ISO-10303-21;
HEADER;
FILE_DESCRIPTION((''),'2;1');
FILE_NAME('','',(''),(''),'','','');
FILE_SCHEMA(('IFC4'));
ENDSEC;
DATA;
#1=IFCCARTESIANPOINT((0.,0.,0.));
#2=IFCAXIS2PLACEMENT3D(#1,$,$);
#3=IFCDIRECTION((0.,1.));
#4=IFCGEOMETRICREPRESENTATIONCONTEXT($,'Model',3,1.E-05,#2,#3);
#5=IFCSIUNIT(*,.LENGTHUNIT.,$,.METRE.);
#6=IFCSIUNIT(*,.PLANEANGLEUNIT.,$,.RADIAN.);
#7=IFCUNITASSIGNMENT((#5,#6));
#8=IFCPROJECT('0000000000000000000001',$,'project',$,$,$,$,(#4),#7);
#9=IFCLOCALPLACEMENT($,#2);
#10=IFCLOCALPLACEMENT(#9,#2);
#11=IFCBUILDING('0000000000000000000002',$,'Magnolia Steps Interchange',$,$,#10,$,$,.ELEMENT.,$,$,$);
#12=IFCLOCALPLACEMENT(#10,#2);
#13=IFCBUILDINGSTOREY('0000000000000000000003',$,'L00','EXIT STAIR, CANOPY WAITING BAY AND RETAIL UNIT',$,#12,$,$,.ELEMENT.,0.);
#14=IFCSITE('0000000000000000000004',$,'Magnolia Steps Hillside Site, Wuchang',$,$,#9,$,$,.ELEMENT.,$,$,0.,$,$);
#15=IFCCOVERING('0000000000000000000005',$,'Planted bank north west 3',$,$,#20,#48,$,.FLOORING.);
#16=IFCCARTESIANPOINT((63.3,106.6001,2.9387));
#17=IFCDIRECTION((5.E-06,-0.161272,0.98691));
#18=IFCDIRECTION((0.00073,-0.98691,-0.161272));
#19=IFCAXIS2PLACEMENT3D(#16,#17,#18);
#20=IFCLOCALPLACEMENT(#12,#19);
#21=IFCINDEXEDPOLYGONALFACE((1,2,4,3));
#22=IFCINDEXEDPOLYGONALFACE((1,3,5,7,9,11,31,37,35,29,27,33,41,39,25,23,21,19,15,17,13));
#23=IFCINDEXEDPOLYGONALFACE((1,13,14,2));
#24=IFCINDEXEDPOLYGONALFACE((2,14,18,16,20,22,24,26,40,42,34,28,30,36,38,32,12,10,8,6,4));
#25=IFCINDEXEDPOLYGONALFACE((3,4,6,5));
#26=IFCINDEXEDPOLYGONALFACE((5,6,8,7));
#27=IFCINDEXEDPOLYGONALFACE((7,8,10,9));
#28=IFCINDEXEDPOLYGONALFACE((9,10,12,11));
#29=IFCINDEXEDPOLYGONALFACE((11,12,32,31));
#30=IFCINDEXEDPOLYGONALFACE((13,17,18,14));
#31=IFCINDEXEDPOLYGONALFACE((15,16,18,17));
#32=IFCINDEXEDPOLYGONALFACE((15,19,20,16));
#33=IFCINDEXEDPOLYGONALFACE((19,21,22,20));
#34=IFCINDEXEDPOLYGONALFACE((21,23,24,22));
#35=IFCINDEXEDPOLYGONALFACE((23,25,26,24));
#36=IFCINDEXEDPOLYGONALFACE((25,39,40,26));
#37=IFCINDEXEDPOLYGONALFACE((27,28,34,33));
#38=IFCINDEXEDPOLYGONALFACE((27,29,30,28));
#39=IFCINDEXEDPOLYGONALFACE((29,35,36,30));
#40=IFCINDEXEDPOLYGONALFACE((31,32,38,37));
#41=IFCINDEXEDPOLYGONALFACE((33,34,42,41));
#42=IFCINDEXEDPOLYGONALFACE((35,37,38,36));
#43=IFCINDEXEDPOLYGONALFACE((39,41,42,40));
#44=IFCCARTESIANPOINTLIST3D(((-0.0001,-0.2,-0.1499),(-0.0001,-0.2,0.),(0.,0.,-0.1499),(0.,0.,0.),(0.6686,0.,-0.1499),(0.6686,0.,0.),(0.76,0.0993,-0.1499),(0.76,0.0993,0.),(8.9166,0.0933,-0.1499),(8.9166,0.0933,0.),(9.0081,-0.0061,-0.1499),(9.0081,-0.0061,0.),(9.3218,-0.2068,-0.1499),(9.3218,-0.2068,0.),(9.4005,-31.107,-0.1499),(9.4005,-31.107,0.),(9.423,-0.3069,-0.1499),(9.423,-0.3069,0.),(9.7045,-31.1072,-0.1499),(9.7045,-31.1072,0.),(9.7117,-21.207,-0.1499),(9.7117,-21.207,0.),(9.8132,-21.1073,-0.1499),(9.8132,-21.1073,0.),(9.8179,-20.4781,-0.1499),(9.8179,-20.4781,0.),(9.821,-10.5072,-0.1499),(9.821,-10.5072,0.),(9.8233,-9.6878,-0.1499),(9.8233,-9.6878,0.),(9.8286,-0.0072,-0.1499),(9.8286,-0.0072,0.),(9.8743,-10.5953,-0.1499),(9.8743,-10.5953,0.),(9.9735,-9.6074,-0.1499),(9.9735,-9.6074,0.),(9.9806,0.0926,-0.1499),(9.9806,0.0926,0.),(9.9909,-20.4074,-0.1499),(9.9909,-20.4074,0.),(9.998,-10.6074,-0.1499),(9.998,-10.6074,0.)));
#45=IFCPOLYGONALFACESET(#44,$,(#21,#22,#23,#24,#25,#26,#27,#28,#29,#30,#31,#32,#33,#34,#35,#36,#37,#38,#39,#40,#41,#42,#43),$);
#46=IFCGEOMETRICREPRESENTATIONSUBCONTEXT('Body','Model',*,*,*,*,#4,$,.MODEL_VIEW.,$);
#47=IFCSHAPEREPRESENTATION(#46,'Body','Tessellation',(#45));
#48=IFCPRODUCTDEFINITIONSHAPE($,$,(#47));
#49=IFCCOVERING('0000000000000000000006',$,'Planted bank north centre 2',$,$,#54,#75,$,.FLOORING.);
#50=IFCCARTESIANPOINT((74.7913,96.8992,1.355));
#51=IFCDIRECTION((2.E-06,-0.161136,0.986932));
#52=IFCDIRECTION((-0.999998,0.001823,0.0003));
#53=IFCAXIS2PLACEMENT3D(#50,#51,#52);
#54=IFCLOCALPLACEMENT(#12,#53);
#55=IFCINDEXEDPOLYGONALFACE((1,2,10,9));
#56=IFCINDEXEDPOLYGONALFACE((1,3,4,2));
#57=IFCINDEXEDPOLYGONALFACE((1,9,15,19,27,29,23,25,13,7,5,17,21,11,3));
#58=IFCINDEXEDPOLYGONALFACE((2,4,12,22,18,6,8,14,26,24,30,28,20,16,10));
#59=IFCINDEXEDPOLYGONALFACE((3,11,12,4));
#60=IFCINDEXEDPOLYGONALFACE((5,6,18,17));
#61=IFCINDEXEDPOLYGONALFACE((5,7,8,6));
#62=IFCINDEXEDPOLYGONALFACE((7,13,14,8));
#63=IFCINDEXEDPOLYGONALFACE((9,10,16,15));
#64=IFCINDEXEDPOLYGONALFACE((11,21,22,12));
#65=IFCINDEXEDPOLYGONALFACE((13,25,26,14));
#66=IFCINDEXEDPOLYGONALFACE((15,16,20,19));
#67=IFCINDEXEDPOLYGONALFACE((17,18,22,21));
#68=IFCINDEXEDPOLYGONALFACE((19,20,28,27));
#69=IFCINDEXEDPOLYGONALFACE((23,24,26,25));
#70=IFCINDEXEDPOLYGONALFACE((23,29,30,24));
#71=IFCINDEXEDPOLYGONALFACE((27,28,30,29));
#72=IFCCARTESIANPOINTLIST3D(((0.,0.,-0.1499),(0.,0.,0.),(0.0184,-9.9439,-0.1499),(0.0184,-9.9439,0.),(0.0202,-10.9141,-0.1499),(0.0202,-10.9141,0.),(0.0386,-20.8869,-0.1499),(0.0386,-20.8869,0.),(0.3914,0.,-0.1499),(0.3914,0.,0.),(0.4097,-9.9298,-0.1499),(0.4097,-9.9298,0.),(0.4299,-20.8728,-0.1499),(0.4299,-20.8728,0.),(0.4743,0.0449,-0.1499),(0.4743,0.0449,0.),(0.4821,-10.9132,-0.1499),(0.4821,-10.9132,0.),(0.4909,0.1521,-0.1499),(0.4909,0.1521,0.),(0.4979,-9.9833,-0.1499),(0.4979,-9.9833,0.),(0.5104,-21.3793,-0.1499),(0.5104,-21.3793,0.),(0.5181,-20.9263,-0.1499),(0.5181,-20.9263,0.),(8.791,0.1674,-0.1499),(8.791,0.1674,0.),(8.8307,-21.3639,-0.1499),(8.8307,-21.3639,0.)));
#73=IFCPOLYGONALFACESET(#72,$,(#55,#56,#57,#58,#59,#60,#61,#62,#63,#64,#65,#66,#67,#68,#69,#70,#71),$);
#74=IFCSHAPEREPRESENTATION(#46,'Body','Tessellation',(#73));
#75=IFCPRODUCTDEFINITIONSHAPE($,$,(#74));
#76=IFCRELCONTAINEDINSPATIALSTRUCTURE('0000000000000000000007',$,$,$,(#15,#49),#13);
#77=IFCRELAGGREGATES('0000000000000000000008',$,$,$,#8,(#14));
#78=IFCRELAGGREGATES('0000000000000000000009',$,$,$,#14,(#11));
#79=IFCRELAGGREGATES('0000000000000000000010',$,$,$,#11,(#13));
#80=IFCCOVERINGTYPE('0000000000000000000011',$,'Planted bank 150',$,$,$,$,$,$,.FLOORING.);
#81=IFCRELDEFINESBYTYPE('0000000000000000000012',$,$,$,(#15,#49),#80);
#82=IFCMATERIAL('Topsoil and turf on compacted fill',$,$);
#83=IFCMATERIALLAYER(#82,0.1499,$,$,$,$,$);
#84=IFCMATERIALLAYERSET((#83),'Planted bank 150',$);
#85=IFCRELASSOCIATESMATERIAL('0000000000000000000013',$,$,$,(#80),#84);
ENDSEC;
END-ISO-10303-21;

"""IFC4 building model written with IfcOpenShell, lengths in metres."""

from ifc_helpers import new_model, si_unit, direction, frame, origin, place, context, subcontext, project, spatial, polyline, outline, extrude, material, layer, layer_set, type_object, element, save


model = new_model("IFC4")

# Units and contexts
model_context = context("Model", 3, precision=1e-05, world=origin(), true_north=direction((0.0, 1.0)))
body_context = subcontext(model_context, "Body", "Model", "MODEL_VIEW")
ifc_project = project(units=[si_unit("LENGTHUNIT", "METRE"), si_unit("PLANEANGLEUNIT", "RADIAN")], contexts=[model_context])

# Site, building, storey
site_placement = place(None, origin())
site = spatial("IfcSite", under=ifc_project, at=site_placement, Name="Magnolia Steps Hillside Site, Wuchang", CompositionType="ELEMENT", RefElevation=0.0)
building_placement = place(site_placement, origin())
building = spatial("IfcBuilding", under=site, at=building_placement, Name="Magnolia Steps Interchange", CompositionType="ELEMENT")
storey_placement = place(building_placement, origin())
storey = spatial("IfcBuildingStorey", under=building, at=storey_placement, Name="L00", Description="EXIT STAIR, CANOPY WAITING BAY AND RETAIL UNIT", CompositionType="ELEMENT", Elevation=0.0)

# Coverings
ifc_material_1 = material(Name="Topsoil and turf on compacted fill")
ifc_layer_1 = layer(ifc_material_1, 0.1499)
ifc_layer_set_1 = layer_set([ifc_layer_1], Name="Planted bank 150")
covering_type_1 = type_object("IfcCoveringType", Name="Planted bank 150", PredefinedType="FLOORING", material=ifc_layer_set_1)
covering_1_placement = place(storey_placement, frame((63.3, 106.6001, 2.9387), z_axis=(0.000005, -0.161272, 0.98691), x_axis=(0.00073, -0.98691, -0.161272)))
element("IfcCovering", 1, at=covering_1_placement, inside=storey, type_object=covering_type_1, Name="Planted bank north west 3", PredefinedType="FLOORING", context=body_context, shape_type="SweptSolid", body=[
    extrude(outline(polyline([(0.0, 0.0), (0.6686, 0.0), (0.76, 0.0993), (8.9166, 0.0933), (9.0081, -0.0061), (9.8286, -0.0072), (9.9806, 0.0926), (9.9735, -9.6074), (9.8233, -9.6878), (9.821, -10.5072), (9.8743, -10.5953), (9.998, -10.6074), (9.9909, -20.4074), (9.8179, -20.4781), (9.8132, -21.1073), (9.7117, -21.207), (9.7045, -31.1072), (9.4005, -31.107), (9.423, -0.3069), (9.3218, -0.2068), (-0.0001, -0.2), (0.0, 0.0)])), origin(), (0.0, 0.0, -1.0), 0.1499),
])
covering_2_placement = place(storey_placement, frame((74.7913, 96.8992, 1.355), z_axis=(0.000002, -0.161136, 0.986932), x_axis=(-0.999998, 0.001823, 0.0003)))
element("IfcCovering", 2, at=covering_2_placement, inside=storey, type_object=covering_type_1, Name="Planted bank north centre 2", PredefinedType="FLOORING", context=body_context, shape_type="SweptSolid", body=[
    extrude(outline(polyline([(0.0, 0.0), (0.3914, 0.0), (0.4743, 0.0449), (0.4909, 0.1521), (8.791, 0.1674), (8.8307, -21.3639), (0.5104, -21.3793), (0.5181, -20.9263), (0.4299, -20.8728), (0.0386, -20.8869), (0.0202, -10.9141), (0.4821, -10.9132), (0.4979, -9.9833), (0.4097, -9.9298), (0.0184, -9.9439), (0.0, 0.0)])), origin(), (0.0, 0.0, -1.0), 0.1499),
])

save(model, "model.ifc")
